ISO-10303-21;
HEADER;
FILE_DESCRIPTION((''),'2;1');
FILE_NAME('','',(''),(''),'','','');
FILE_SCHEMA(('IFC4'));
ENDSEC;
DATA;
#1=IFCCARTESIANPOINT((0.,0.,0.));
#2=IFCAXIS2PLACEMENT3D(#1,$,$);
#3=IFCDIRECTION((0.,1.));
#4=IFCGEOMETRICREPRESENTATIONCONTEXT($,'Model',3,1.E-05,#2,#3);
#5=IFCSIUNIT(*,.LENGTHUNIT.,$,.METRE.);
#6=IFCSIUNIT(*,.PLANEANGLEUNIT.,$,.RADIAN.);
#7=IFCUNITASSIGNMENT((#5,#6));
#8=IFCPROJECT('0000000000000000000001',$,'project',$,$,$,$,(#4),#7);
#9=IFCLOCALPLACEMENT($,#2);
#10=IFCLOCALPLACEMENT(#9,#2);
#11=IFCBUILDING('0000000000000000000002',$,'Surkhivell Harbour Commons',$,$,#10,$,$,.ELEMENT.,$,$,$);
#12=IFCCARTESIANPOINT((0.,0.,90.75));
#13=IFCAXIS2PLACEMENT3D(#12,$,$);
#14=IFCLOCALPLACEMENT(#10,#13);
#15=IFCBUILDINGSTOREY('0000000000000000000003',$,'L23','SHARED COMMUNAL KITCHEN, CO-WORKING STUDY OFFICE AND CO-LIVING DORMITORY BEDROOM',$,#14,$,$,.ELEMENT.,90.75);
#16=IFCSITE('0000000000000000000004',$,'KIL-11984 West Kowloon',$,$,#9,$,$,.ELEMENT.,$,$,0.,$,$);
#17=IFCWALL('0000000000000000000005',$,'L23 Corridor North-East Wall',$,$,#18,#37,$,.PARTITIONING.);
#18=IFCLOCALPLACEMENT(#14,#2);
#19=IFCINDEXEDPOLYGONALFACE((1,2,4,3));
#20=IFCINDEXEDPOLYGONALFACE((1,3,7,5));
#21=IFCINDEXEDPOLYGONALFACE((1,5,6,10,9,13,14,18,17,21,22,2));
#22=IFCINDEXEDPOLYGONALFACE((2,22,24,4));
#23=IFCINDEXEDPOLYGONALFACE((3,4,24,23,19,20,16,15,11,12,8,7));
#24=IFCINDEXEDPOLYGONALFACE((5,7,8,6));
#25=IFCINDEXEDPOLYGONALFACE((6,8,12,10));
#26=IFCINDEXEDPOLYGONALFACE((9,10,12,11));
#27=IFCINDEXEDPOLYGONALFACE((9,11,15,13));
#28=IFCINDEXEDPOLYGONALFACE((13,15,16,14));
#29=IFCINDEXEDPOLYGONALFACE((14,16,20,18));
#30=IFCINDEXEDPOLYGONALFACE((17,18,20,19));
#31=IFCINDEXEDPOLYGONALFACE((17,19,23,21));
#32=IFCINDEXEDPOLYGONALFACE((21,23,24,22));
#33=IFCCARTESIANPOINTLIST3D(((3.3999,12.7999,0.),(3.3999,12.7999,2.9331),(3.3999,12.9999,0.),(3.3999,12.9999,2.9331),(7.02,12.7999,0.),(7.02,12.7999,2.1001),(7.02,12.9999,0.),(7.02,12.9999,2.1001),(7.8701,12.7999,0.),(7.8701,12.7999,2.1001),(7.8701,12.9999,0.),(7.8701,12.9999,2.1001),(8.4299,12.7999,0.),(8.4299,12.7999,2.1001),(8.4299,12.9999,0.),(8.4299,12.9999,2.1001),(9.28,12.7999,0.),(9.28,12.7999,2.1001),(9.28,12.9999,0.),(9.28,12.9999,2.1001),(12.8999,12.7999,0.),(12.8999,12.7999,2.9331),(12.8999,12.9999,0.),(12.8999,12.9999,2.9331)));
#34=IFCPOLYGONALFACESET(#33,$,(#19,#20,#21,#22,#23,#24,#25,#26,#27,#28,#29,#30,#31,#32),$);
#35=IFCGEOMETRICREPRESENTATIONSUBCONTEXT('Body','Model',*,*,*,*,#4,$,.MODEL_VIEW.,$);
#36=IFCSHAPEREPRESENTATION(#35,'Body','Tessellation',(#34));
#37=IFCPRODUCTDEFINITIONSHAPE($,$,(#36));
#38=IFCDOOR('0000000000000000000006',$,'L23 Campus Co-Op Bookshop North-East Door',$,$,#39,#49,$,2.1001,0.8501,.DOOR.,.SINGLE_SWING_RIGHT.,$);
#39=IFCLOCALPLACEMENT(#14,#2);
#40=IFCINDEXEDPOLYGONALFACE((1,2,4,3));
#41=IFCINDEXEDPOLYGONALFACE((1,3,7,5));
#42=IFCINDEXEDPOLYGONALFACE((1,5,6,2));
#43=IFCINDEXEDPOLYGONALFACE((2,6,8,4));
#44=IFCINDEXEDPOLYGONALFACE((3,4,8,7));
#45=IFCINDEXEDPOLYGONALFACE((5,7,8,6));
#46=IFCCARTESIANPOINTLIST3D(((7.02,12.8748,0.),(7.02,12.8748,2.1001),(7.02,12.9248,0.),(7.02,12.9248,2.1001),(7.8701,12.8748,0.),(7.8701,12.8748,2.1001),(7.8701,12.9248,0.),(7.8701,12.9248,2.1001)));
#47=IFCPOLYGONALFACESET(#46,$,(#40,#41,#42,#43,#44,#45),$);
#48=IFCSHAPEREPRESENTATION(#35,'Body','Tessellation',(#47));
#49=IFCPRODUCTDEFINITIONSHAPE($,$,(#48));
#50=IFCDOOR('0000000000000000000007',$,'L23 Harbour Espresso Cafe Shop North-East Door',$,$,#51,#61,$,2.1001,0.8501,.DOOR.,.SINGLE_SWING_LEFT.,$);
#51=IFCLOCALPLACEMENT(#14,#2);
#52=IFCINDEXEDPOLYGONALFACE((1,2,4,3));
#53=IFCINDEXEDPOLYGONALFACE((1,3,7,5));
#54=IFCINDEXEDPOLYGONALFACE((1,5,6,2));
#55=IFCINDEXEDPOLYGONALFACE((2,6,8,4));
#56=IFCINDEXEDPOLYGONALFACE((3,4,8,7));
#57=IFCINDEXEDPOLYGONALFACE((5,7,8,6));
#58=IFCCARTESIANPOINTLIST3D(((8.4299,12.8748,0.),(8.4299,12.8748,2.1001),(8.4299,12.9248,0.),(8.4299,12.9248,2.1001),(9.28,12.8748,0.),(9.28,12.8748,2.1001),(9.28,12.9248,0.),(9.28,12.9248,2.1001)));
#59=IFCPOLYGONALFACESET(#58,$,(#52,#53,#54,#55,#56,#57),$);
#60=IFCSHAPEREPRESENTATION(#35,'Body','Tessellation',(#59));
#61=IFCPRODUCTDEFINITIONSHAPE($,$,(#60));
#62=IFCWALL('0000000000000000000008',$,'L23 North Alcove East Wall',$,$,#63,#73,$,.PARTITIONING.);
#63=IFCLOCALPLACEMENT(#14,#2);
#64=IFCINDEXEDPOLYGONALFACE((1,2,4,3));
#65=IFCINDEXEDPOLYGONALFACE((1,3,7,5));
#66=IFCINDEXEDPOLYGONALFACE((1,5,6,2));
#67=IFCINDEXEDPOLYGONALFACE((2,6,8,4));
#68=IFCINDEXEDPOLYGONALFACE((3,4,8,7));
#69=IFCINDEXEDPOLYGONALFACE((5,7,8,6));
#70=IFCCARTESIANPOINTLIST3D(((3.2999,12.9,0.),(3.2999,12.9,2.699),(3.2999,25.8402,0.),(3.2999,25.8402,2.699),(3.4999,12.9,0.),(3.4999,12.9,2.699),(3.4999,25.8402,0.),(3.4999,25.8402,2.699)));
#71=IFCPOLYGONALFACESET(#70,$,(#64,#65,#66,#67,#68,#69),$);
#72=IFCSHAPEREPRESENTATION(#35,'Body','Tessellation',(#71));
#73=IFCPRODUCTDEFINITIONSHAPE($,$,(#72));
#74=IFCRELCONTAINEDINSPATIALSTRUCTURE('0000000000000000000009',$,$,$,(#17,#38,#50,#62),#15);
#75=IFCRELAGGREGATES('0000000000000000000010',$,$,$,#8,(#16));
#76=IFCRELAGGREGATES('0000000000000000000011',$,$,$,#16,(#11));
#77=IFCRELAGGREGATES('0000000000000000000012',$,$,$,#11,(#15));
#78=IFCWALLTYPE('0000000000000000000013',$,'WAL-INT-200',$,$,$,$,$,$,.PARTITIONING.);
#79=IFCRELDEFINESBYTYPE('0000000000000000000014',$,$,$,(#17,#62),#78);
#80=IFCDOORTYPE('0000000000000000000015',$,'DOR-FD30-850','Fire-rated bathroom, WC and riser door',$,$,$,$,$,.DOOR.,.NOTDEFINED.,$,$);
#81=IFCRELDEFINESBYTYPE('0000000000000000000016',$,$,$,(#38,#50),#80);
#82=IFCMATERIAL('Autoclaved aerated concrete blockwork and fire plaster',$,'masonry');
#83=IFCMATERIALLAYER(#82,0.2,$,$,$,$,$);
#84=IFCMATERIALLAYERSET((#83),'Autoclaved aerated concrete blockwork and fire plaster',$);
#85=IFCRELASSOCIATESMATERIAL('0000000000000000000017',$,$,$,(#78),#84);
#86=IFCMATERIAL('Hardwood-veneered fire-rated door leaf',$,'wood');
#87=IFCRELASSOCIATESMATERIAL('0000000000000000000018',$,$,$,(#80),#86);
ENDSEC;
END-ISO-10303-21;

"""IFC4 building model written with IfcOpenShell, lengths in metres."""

from ifc_helpers import new_model, si_unit, direction, frame, frame_2d, origin, place, context, subcontext, project, spatial, rectangle, extrude, material, layer, layer_set, type_object, element, fill, save


model = new_model("IFC4")

# Units and contexts
model_context = context("Model", 3, precision=1e-05, world=origin(), true_north=direction((0.0, 1.0)))
body_context = subcontext(model_context, "Body", "Model", "MODEL_VIEW")
ifc_project = project(units=[si_unit("LENGTHUNIT", "METRE"), si_unit("PLANEANGLEUNIT", "RADIAN")], contexts=[model_context])

# Site, building, storey
site_placement = place(None, origin())
site = spatial("IfcSite", under=ifc_project, at=site_placement, Name="KIL-11984 West Kowloon", CompositionType="ELEMENT", RefElevation=0.0)
building_placement = place(site_placement, origin())
building = spatial("IfcBuilding", under=site, at=building_placement, Name="Surkhivell Harbour Commons", CompositionType="ELEMENT")
storey_placement = place(building_placement, frame((0.0, 0.0, 90.75)))
storey = spatial("IfcBuildingStorey", under=building, at=storey_placement, Name="L23", Description="SHARED COMMUNAL KITCHEN, CO-WORKING STUDY OFFICE AND CO-LIVING DORMITORY BEDROOM", CompositionType="ELEMENT", Elevation=90.75)

# Wall, openings, doors
ifc_material_1 = material(Name="Autoclaved aerated concrete blockwork and fire plaster", Category="masonry")
ifc_layer_1 = layer(ifc_material_1, 0.2)
ifc_layer_set_1 = layer_set([ifc_layer_1], Name="Autoclaved aerated concrete blockwork and fire plaster")
wall_type_1 = type_object("IfcWallType", Name="WAL-INT-200", PredefinedType="PARTITIONING", material=ifc_layer_set_1)
wall_1_placement = place(storey_placement, frame((3.3999, 12.8999, 0.0), z_axis=(0.0, 0.0, 1.0), x_axis=(1.0, 0.0, 0.0)))
wall_1 = element("IfcWall", 1, at=wall_1_placement, inside=storey, type_object=wall_type_1, Name="L23 Corridor North-East Wall", PredefinedType="PARTITIONING", context=body_context, shape_type="SweptSolid", body=[
    extrude(rectangle(XDim=9.5, YDim=0.2, at=frame_2d((4.75, 0.0))), origin(), (0.0, 0.0, 1.0), 2.9331),
])
opening_1_placement = place(wall_1_placement, frame((3.6201, 0.0, 0.0)))
opening_1 = element("IfcOpeningElement", 2, at=opening_1_placement, cuts=wall_1, PredefinedType="OPENING", context=body_context, shape_type="SweptSolid", body=[
    extrude(rectangle(XDim=0.8501, YDim=2.1001, at=frame_2d((0.425, 1.05))), frame((0.0, 0.1099, 0.0), z_axis=(0.0, -1.0, 0.0), x_axis=(1.0, 0.0, 0.0)), (0.0, 0.0, 1.0), 0.22),
])
opening_2_placement = place(wall_1_placement, frame((5.03, 0.0, 0.0)))
opening_2 = element("IfcOpeningElement", 3, at=opening_2_placement, cuts=wall_1, PredefinedType="OPENING", context=body_context, shape_type="SweptSolid", body=[
    extrude(rectangle(XDim=0.8501, YDim=2.1001, at=frame_2d((0.425, 1.05))), frame((0.0, 0.1099, 0.0), z_axis=(0.0, -1.0, 0.0), x_axis=(1.0, 0.0, 0.0)), (0.0, 0.0, 1.0), 0.22),
])
ifc_material_2 = material(Name="Hardwood-veneered fire-rated door leaf", Category="wood")
door_type = type_object("IfcDoorType", Name="DOR-FD30-850", Description="Fire-rated bathroom, WC and riser door", OperationType="NOTDEFINED", PredefinedType="DOOR", material=ifc_material_2)
door_1_placement = place(opening_1_placement, origin())
door_1 = element("IfcDoor", 4, at=door_1_placement, inside=storey, type_object=door_type, Name="L23 Campus Co-Op Bookshop North-East Door", OperationType="SINGLE_SWING_RIGHT", OverallHeight=2.1001, OverallWidth=0.8501, PredefinedType="DOOR", context=body_context, shape_type="SweptSolid", body=[
    extrude(rectangle(XDim=0.8501, YDim=2.1001, at=frame_2d((0.425, 1.05))), frame((0.0, 0.0249, 0.0), z_axis=(0.0, -1.0, 0.0), x_axis=(1.0, 0.0, 0.0)), (0.0, 0.0, 1.0), 0.05),
])
fill(opening_1, door_1)
door_2_placement = place(opening_2_placement, origin())
door_2 = element("IfcDoor", 5, at=door_2_placement, inside=storey, type_object=door_type, Name="L23 Harbour Espresso Cafe Shop North-East Door", OperationType="SINGLE_SWING_LEFT", OverallHeight=2.1001, OverallWidth=0.8501, PredefinedType="DOOR", context=body_context, shape_type="SweptSolid", body=[
    extrude(rectangle(XDim=0.8501, YDim=2.1001, at=frame_2d((0.425, 1.05))), frame((0.0, 0.0249, 0.0), z_axis=(0.0, -1.0, 0.0), x_axis=(1.0, 0.0, 0.0)), (0.0, 0.0, 1.0), 0.05),
])
fill(opening_2, door_2)

# Wall
wall_2_placement = place(storey_placement, frame((3.3999, 12.8999, 0.0), z_axis=(0.0, 0.0, 1.0), x_axis=(0.0, 1.0, 0.0)))
element("IfcWall", 6, at=wall_2_placement, inside=storey, type_object=wall_type_1, Name="L23 North Alcove East Wall", PredefinedType="PARTITIONING", context=body_context, shape_type="SweptSolid", body=[
    extrude(rectangle(XDim=12.9402, YDim=0.2, at=frame_2d((6.4702, 0.0))), origin(), (0.0, 0.0, 1.0), 2.699),
])

save(model, "model.ifc")
